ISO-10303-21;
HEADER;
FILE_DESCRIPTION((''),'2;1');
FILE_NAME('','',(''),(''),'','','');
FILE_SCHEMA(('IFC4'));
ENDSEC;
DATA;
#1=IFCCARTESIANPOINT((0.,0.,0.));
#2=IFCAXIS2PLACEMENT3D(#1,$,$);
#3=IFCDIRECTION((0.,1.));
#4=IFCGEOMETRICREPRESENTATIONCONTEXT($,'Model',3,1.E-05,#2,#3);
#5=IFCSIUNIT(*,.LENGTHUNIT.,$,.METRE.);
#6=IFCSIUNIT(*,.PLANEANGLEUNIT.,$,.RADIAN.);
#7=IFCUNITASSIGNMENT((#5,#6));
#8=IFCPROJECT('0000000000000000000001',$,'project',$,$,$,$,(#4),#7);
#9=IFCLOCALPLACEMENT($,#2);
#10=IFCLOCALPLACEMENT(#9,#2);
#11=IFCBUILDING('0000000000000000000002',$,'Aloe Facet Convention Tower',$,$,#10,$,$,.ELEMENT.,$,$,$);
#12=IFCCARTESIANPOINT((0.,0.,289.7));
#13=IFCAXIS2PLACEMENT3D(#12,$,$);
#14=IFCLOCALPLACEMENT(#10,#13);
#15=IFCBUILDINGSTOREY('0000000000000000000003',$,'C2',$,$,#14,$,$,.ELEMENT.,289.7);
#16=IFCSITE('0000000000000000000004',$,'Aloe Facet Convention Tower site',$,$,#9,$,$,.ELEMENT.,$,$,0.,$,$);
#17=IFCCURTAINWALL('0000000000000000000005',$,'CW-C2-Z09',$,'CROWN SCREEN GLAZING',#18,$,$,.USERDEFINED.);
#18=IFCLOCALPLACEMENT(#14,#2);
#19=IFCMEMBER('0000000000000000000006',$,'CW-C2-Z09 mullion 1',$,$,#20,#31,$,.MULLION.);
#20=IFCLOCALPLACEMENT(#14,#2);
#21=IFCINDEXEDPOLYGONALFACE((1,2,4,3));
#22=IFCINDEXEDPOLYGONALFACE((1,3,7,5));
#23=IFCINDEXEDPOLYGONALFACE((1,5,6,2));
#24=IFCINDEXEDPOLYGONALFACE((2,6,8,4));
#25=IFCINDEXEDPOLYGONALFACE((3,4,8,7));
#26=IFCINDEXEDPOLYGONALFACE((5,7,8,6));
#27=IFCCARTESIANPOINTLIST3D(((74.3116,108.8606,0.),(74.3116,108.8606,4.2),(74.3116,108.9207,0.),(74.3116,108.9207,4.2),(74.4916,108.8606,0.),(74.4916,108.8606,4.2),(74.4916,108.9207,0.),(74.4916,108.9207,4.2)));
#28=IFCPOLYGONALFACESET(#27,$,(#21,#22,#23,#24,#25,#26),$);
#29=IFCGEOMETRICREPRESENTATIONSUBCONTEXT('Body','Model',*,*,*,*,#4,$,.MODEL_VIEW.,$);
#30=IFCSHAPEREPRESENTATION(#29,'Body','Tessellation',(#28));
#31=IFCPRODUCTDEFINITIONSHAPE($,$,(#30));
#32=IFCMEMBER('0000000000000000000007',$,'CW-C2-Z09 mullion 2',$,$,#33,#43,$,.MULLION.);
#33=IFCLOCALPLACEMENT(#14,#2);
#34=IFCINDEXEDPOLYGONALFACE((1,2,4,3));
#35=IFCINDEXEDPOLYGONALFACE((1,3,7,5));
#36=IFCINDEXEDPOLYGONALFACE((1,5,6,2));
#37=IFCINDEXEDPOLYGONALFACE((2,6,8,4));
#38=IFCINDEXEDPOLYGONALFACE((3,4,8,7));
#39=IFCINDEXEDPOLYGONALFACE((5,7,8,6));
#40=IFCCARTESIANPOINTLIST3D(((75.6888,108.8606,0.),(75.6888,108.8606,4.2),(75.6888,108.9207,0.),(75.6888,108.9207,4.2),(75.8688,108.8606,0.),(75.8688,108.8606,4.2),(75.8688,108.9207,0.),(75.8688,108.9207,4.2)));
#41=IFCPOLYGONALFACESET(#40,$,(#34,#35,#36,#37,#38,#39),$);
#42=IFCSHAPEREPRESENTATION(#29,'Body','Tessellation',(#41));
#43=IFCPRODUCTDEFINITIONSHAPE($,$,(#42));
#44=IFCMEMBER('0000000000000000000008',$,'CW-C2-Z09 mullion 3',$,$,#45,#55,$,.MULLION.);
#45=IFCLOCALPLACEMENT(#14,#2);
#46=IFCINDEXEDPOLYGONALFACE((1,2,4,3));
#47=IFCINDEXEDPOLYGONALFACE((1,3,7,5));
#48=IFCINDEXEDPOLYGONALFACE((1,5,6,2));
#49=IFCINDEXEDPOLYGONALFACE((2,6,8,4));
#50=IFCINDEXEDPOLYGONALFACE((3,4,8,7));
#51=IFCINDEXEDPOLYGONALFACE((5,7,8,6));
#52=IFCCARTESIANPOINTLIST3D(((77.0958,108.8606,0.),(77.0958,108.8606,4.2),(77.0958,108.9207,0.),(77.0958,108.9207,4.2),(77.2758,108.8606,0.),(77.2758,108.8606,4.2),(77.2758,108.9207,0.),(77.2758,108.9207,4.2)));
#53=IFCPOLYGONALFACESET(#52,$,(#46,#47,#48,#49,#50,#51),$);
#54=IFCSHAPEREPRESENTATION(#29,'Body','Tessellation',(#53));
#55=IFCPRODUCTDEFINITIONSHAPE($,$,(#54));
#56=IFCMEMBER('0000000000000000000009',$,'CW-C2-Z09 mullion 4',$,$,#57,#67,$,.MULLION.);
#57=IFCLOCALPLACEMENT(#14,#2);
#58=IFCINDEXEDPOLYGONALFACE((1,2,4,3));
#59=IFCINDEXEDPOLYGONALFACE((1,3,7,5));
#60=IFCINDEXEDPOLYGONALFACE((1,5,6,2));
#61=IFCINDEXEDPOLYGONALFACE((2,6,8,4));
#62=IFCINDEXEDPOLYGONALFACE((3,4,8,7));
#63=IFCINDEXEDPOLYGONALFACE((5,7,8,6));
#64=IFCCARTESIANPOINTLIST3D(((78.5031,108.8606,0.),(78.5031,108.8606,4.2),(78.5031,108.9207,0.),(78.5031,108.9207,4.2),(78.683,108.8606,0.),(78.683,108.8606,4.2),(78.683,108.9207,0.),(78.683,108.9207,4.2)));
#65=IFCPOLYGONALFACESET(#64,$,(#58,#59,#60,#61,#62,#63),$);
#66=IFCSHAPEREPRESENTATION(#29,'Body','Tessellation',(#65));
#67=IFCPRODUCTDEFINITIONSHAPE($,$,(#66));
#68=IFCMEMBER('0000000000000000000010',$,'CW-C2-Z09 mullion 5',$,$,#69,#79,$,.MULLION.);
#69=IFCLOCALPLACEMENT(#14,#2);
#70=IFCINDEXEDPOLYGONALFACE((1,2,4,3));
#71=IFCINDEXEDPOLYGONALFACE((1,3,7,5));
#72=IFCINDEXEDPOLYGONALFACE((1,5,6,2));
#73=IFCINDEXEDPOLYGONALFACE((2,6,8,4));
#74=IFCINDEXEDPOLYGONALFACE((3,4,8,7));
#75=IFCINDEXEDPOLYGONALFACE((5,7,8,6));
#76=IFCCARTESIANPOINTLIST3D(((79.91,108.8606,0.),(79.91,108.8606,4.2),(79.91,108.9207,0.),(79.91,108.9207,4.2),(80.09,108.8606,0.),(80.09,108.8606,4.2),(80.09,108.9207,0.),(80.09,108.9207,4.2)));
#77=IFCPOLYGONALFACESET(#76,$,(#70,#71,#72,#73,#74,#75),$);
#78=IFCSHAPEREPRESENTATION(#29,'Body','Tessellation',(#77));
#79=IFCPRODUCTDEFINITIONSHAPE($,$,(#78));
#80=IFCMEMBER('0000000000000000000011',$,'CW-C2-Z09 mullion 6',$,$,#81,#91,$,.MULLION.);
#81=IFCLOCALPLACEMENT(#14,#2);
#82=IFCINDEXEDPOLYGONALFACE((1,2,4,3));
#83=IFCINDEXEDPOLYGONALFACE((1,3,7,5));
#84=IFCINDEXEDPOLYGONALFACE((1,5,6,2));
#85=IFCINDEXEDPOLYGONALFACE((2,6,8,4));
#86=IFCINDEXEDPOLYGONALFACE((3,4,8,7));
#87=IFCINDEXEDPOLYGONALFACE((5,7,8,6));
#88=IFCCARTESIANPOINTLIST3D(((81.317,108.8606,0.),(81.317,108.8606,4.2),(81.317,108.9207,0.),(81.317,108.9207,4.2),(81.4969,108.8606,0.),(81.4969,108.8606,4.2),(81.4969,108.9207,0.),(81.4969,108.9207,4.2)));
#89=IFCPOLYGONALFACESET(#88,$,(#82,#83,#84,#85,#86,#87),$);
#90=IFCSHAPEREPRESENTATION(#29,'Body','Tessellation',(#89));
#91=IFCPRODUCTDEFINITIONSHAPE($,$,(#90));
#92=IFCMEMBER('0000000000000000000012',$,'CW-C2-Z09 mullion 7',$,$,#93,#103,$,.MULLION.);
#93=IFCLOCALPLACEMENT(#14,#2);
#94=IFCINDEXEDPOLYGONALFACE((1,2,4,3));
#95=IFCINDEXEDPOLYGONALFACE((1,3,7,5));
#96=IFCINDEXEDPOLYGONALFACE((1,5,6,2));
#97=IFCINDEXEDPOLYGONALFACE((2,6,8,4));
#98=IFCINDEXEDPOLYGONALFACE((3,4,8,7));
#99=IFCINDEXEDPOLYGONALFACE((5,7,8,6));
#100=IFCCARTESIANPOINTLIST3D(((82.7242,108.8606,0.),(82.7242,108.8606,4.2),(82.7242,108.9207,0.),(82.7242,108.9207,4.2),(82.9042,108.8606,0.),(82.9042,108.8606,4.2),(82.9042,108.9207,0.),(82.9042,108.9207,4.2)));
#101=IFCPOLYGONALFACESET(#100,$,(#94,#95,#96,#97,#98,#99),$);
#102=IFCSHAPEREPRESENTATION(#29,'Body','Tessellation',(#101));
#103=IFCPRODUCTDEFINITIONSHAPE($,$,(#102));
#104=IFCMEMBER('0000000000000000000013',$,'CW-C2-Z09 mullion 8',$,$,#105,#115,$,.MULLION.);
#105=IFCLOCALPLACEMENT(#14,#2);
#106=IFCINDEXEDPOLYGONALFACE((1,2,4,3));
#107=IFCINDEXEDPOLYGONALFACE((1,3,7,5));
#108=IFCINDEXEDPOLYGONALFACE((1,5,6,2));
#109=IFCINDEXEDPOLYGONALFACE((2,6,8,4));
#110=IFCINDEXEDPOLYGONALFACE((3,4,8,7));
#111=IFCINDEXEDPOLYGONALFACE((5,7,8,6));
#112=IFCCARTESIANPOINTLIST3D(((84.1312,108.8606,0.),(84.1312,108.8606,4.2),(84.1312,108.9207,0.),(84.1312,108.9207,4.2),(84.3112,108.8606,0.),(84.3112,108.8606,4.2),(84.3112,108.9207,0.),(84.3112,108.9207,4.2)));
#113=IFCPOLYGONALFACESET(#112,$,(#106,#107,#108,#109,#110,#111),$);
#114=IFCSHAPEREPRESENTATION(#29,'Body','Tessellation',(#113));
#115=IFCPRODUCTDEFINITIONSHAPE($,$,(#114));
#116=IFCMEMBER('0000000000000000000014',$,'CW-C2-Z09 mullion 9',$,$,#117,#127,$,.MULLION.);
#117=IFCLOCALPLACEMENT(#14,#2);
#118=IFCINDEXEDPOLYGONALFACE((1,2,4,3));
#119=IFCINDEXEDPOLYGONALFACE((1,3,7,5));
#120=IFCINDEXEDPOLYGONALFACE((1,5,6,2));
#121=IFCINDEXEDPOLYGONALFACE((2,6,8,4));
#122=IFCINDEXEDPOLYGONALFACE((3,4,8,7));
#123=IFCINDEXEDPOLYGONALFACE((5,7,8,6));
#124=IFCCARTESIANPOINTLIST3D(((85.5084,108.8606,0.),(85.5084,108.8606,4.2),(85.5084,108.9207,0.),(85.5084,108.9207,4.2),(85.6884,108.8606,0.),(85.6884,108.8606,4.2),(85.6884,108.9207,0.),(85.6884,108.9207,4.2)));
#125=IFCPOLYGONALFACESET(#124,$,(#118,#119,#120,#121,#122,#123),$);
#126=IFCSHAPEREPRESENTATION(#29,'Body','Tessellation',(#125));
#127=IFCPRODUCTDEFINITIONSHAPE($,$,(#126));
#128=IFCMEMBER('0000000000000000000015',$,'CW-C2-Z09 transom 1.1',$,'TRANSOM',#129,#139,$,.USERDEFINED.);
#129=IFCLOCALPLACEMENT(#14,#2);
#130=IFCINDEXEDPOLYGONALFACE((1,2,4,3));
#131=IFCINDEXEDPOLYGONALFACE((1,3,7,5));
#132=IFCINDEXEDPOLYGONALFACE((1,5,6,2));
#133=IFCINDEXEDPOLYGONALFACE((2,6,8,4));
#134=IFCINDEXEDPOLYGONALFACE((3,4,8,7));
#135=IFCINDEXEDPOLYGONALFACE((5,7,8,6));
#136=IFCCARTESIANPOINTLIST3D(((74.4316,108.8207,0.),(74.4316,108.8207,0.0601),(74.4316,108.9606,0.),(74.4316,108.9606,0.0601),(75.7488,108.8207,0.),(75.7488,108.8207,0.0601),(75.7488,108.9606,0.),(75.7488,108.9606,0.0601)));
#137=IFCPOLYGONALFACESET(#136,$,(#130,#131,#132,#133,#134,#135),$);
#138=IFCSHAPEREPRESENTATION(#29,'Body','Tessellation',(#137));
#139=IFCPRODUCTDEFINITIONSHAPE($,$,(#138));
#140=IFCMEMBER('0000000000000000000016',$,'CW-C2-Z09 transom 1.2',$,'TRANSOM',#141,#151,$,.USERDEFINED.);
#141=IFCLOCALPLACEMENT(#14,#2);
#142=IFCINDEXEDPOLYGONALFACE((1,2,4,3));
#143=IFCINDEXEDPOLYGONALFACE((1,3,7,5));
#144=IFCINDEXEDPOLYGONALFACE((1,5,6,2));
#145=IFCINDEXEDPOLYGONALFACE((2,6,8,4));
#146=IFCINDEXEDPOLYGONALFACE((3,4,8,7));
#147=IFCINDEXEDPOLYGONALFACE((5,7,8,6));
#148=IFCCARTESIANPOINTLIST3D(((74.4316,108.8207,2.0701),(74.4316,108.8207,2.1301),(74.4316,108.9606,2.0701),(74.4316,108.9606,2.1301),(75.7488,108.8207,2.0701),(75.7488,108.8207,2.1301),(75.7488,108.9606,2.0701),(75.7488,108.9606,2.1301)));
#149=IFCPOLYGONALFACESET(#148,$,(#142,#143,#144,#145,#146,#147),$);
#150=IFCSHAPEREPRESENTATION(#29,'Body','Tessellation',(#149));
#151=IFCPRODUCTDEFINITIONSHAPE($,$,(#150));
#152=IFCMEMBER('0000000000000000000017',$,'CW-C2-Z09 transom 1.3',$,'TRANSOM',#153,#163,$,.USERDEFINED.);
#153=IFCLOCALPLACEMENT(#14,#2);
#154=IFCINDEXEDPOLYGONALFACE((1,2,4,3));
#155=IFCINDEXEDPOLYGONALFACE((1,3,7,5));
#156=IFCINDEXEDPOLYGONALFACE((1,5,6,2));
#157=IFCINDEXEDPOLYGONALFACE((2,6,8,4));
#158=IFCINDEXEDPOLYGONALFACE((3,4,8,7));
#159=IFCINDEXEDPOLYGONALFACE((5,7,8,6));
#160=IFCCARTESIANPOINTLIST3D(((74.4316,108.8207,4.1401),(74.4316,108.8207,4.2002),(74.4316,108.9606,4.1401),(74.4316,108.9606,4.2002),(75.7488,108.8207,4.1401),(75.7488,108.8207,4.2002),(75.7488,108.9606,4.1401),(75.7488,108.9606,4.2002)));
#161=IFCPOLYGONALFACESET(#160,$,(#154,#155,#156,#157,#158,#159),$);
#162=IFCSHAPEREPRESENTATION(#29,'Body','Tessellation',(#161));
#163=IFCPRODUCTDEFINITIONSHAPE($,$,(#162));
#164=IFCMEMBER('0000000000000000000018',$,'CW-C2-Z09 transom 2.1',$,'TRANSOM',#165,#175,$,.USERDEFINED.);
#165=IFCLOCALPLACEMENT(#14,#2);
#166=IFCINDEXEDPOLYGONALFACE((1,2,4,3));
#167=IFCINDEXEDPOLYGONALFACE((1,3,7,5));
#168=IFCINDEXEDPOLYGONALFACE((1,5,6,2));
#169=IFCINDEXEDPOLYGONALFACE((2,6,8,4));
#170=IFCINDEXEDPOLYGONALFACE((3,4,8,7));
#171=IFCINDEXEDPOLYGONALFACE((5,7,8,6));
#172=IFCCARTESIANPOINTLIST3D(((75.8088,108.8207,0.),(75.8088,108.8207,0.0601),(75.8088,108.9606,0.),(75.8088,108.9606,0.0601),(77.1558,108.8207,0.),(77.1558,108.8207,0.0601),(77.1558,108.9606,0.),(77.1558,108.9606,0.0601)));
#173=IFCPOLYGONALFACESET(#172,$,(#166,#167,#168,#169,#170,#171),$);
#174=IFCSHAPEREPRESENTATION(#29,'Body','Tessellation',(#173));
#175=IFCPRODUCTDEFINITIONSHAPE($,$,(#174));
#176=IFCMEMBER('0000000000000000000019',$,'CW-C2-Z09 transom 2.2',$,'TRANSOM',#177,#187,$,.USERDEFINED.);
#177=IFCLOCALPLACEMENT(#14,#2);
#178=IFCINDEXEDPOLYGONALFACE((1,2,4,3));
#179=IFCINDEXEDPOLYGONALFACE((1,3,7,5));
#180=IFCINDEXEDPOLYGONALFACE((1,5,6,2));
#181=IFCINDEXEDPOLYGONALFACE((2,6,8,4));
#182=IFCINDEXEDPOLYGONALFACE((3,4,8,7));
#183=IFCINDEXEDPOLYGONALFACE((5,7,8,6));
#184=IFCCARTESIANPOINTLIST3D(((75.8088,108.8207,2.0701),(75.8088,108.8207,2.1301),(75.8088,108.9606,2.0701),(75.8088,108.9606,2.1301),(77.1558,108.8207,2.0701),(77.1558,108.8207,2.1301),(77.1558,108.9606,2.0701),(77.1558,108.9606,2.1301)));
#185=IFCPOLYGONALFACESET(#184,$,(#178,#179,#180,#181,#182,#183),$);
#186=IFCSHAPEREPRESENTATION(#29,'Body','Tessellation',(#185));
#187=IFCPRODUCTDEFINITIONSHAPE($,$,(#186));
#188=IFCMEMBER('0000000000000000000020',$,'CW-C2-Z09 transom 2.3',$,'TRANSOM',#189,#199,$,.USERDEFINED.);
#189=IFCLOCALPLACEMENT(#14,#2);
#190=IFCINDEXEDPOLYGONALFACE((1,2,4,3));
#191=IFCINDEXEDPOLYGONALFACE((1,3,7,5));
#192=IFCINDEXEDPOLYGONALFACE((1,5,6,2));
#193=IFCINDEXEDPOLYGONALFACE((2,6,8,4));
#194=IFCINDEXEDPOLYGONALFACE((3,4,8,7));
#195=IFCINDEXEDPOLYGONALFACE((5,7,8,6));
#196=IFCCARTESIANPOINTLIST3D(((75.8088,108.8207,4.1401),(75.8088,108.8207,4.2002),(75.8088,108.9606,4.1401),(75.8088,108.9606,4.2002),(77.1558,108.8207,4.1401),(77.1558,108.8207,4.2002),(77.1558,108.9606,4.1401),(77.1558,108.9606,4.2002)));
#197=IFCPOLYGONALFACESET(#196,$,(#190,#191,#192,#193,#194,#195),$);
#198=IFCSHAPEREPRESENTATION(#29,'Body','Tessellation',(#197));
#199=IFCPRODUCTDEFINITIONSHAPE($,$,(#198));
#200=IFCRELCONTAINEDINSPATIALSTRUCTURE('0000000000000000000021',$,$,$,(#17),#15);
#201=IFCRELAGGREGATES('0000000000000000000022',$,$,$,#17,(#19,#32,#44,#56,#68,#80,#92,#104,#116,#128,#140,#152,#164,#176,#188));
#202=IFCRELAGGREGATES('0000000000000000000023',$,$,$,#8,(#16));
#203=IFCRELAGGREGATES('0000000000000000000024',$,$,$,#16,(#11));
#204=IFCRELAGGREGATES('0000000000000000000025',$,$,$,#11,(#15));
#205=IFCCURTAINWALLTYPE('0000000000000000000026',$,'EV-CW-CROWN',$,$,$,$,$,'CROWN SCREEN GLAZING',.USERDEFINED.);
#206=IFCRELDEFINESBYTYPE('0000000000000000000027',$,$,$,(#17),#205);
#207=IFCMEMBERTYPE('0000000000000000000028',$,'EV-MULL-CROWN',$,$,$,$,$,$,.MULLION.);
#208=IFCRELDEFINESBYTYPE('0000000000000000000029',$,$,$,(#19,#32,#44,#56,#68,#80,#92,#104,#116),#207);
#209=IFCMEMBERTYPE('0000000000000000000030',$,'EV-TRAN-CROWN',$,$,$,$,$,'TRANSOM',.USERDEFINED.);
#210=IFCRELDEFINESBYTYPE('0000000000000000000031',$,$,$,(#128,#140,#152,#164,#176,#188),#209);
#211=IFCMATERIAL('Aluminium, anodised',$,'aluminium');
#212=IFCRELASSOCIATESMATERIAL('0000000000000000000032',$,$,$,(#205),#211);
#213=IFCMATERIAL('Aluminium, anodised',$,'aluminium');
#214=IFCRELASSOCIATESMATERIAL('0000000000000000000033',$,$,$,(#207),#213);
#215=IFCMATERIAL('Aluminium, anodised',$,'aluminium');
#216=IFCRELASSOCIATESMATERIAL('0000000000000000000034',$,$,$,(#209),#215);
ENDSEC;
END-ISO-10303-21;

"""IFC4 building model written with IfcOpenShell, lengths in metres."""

from ifc_helpers import new_model, si_unit, direction, frame, origin, origin_2d, place, context, subcontext, project, spatial, rectangle, extrude, material, material_profile, profile_set, type_object, element, aggregate, save


model = new_model("IFC4")

# Units and contexts
model_context = context("Model", 3, precision=1e-05, world=origin(), true_north=direction((0.0, 1.0)))
body_context = subcontext(model_context, "Body", "Model", "MODEL_VIEW")
ifc_project = project(units=[si_unit("LENGTHUNIT", "METRE"), si_unit("PLANEANGLEUNIT", "RADIAN")], contexts=[model_context])

# Site, building, storey
site_placement = place(None, origin())
site = spatial("IfcSite", under=ifc_project, at=site_placement, Name="Aloe Facet Convention Tower site", CompositionType="ELEMENT", RefElevation=0.0)
building_placement = place(site_placement, origin())
building = spatial("IfcBuilding", under=site, at=building_placement, Name="Aloe Facet Convention Tower", CompositionType="ELEMENT")
storey_placement = place(building_placement, frame((0.0, 0.0, 289.7)))
storey = spatial("IfcBuildingStorey", under=building, at=storey_placement, Name="C2", CompositionType="ELEMENT", Elevation=289.7)

# Curtain wall, members
ifc_material_1 = material(Name="Aluminium, anodised", Category="aluminium")
curtain_wall_type = type_object("IfcCurtainWallType", Name="EV-CW-CROWN", ElementType="CROWN SCREEN GLAZING", PredefinedType="USERDEFINED", material=ifc_material_1)
curtain_wall_placement = place(storey_placement, origin())
curtain_wall = element("IfcCurtainWall", 1, at=curtain_wall_placement, inside=storey, type_object=curtain_wall_type, Name="CW-C2-Z09", ObjectType="CROWN SCREEN GLAZING", PredefinedType="USERDEFINED")
ifc_material_2 = material(Name="Aluminium, anodised", Category="aluminium")
ifc_material_profile_1 = material_profile(ifc_material_2, rectangle(XDim=0.0601, YDim=0.1799, at=origin_2d()), Name="AL 60x180")
ifc_profile_set_1 = profile_set([ifc_material_profile_1], Name="Aluminium, anodised")
member_type_1 = type_object("IfcMemberType", Name="EV-MULL-CROWN", PredefinedType="MULLION", material=ifc_profile_set_1)
member_1_placement = place(storey_placement, frame((74.4016, 108.8906, 0.0), z_axis=(0.0, 0.0, 1.0), x_axis=(0.0, 1.0, 0.0)))
member_1 = element("IfcMember", 2, at=member_1_placement, type_object=member_type_1, Name="CW-C2-Z09 mullion 1", PredefinedType="MULLION", context=body_context, shape_type="SweptSolid", body=[
    extrude(rectangle(XDim=0.0601, YDim=0.1799, at=origin_2d()), origin(), (0.0, 0.0, 1.0), 4.2),
])
member_2_placement = place(storey_placement, frame((75.7788, 108.8906, 0.0), z_axis=(0.0, 0.0, 1.0), x_axis=(0.0, 1.0, 0.0)))
member_2 = element("IfcMember", 3, at=member_2_placement, type_object=member_type_1, Name="CW-C2-Z09 mullion 2", PredefinedType="MULLION", context=body_context, shape_type="SweptSolid", body=[
    extrude(rectangle(XDim=0.0601, YDim=0.1799, at=origin_2d()), origin(), (0.0, 0.0, 1.0), 4.2),
])
member_3_placement = place(storey_placement, frame((77.1858, 108.8906, 0.0), z_axis=(0.0, 0.0, 1.0), x_axis=(0.0, 1.0, 0.0)))
member_3 = element("IfcMember", 4, at=member_3_placement, type_object=member_type_1, Name="CW-C2-Z09 mullion 3", PredefinedType="MULLION", context=body_context, shape_type="SweptSolid", body=[
    extrude(rectangle(XDim=0.0601, YDim=0.1799, at=origin_2d()), origin(), (0.0, 0.0, 1.0), 4.2),
])
member_4_placement = place(storey_placement, frame((78.593, 108.8906, 0.0), z_axis=(0.0, 0.0, 1.0), x_axis=(0.0, 1.0, 0.0)))
member_4 = element("IfcMember", 5, at=member_4_placement, type_object=member_type_1, Name="CW-C2-Z09 mullion 4", PredefinedType="MULLION", context=body_context, shape_type="SweptSolid", body=[
    extrude(rectangle(XDim=0.0601, YDim=0.1799, at=origin_2d()), origin(), (0.0, 0.0, 1.0), 4.2),
])
member_5_placement = place(storey_placement, frame((80.0, 108.8906, 0.0), z_axis=(0.0, 0.0, 1.0), x_axis=(0.0, 1.0, 0.0)))
member_5 = element("IfcMember", 6, at=member_5_placement, type_object=member_type_1, Name="CW-C2-Z09 mullion 5", PredefinedType="MULLION", context=body_context, shape_type="SweptSolid", body=[
    extrude(rectangle(XDim=0.0601, YDim=0.1799, at=origin_2d()), origin(), (0.0, 0.0, 1.0), 4.2),
])
member_6_placement = place(storey_placement, frame((81.407, 108.8906, 0.0), z_axis=(0.0, 0.0, 1.0), x_axis=(0.0, 1.0, 0.0)))
member_6 = element("IfcMember", 7, at=member_6_placement, type_object=member_type_1, Name="CW-C2-Z09 mullion 6", PredefinedType="MULLION", context=body_context, shape_type="SweptSolid", body=[
    extrude(rectangle(XDim=0.0601, YDim=0.1799, at=origin_2d()), origin(), (0.0, 0.0, 1.0), 4.2),
])
member_7_placement = place(storey_placement, frame((82.8142, 108.8906, 0.0), z_axis=(0.0, 0.0, 1.0), x_axis=(0.0, 1.0, 0.0)))
member_7 = element("IfcMember", 8, at=member_7_placement, type_object=member_type_1, Name="CW-C2-Z09 mullion 7", PredefinedType="MULLION", context=body_context, shape_type="SweptSolid", body=[
    extrude(rectangle(XDim=0.0601, YDim=0.1799, at=origin_2d()), origin(), (0.0, 0.0, 1.0), 4.2),
])
member_8_placement = place(storey_placement, frame((84.2212, 108.8906, 0.0), z_axis=(0.0, 0.0, 1.0), x_axis=(0.0, 1.0, 0.0)))
member_8 = element("IfcMember", 9, at=member_8_placement, type_object=member_type_1, Name="CW-C2-Z09 mullion 8", PredefinedType="MULLION", context=body_context, shape_type="SweptSolid", body=[
    extrude(rectangle(XDim=0.0601, YDim=0.1799, at=origin_2d()), origin(), (0.0, 0.0, 1.0), 4.2),
])
member_9_placement = place(storey_placement, frame((85.5984, 108.8906, 0.0), z_axis=(0.0, 0.0, 1.0), x_axis=(0.0, 1.0, 0.0)))
member_9 = element("IfcMember", 10, at=member_9_placement, type_object=member_type_1, Name="CW-C2-Z09 mullion 9", PredefinedType="MULLION", context=body_context, shape_type="SweptSolid", body=[
    extrude(rectangle(XDim=0.0601, YDim=0.1799, at=origin_2d()), origin(), (0.0, 0.0, 1.0), 4.2),
])
ifc_material_3 = material(Name="Aluminium, anodised", Category="aluminium")
ifc_material_profile_2 = material_profile(ifc_material_3, rectangle(XDim=0.1399, YDim=0.0601, at=origin_2d()), Name="AL 140x60")
ifc_profile_set_2 = profile_set([ifc_material_profile_2], Name="Aluminium, anodised")
member_type_2 = type_object("IfcMemberType", Name="EV-TRAN-CROWN", ElementType="TRANSOM", PredefinedType="USERDEFINED", material=ifc_profile_set_2)
member_10_placement = place(storey_placement, frame((74.4316, 108.8906, 0.03), z_axis=(1.0, 0.0, 0.0), x_axis=(0.0, 1.0, 0.0)))
member_10 = element("IfcMember", 11, at=member_10_placement, type_object=member_type_2, Name="CW-C2-Z09 transom 1.1", ObjectType="TRANSOM", PredefinedType="USERDEFINED", context=body_context, shape_type="SweptSolid", body=[
    extrude(rectangle(XDim=0.1399, YDim=0.0601, at=origin_2d()), origin(), (0.0, 0.0, 1.0), 1.3171),
])
member_11_placement = place(storey_placement, frame((74.4316, 108.8906, 2.1001), z_axis=(1.0, 0.0, 0.0), x_axis=(0.0, 1.0, 0.0)))
member_11 = element("IfcMember", 12, at=member_11_placement, type_object=member_type_2, Name="CW-C2-Z09 transom 1.2", ObjectType="TRANSOM", PredefinedType="USERDEFINED", context=body_context, shape_type="SweptSolid", body=[
    extrude(rectangle(XDim=0.1399, YDim=0.0601, at=origin_2d()), origin(), (0.0, 0.0, 1.0), 1.3171),
])
member_12_placement = place(storey_placement, frame((74.4316, 108.8906, 4.1702), z_axis=(1.0, 0.0, 0.0), x_axis=(0.0, 1.0, 0.0)))
member_12 = element("IfcMember", 13, at=member_12_placement, type_object=member_type_2, Name="CW-C2-Z09 transom 1.3", ObjectType="TRANSOM", PredefinedType="USERDEFINED", context=body_context, shape_type="SweptSolid", body=[
    extrude(rectangle(XDim=0.1399, YDim=0.0601, at=origin_2d()), origin(), (0.0, 0.0, 1.0), 1.3171),
])
member_13_placement = place(storey_placement, frame((75.8088, 108.8906, 0.03), z_axis=(1.0, 0.0, 0.0), x_axis=(0.0, 1.0, 0.0)))
member_13 = element("IfcMember", 14, at=member_13_placement, type_object=member_type_2, Name="CW-C2-Z09 transom 2.1", ObjectType="TRANSOM", PredefinedType="USERDEFINED", context=body_context, shape_type="SweptSolid", body=[
    extrude(rectangle(XDim=0.1399, YDim=0.0601, at=origin_2d()), origin(), (0.0, 0.0, 1.0), 1.3469),
])
member_14_placement = place(storey_placement, frame((75.8088, 108.8906, 2.1001), z_axis=(1.0, 0.0, 0.0), x_axis=(0.0, 1.0, 0.0)))
member_14 = element("IfcMember", 15, at=member_14_placement, type_object=member_type_2, Name="CW-C2-Z09 transom 2.2", ObjectType="TRANSOM", PredefinedType="USERDEFINED", context=body_context, shape_type="SweptSolid", body=[
    extrude(rectangle(XDim=0.1399, YDim=0.0601, at=origin_2d()), origin(), (0.0, 0.0, 1.0), 1.3469),
])
member_15_placement = place(storey_placement, frame((75.8088, 108.8906, 4.1702), z_axis=(1.0, 0.0, 0.0), x_axis=(0.0, 1.0, 0.0)))
member_15 = element("IfcMember", 16, at=member_15_placement, type_object=member_type_2, Name="CW-C2-Z09 transom 2.3", ObjectType="TRANSOM", PredefinedType="USERDEFINED", context=body_context, shape_type="SweptSolid", body=[
    extrude(rectangle(XDim=0.1399, YDim=0.0601, at=origin_2d()), origin(), (0.0, 0.0, 1.0), 1.3469),
])

aggregate(curtain_wall, [member_1, member_2, member_3, member_4, member_5, member_6, member_7, member_8, member_9, member_10, member_11, member_12, member_13, member_14, member_15])

save(model, "model.ifc")
